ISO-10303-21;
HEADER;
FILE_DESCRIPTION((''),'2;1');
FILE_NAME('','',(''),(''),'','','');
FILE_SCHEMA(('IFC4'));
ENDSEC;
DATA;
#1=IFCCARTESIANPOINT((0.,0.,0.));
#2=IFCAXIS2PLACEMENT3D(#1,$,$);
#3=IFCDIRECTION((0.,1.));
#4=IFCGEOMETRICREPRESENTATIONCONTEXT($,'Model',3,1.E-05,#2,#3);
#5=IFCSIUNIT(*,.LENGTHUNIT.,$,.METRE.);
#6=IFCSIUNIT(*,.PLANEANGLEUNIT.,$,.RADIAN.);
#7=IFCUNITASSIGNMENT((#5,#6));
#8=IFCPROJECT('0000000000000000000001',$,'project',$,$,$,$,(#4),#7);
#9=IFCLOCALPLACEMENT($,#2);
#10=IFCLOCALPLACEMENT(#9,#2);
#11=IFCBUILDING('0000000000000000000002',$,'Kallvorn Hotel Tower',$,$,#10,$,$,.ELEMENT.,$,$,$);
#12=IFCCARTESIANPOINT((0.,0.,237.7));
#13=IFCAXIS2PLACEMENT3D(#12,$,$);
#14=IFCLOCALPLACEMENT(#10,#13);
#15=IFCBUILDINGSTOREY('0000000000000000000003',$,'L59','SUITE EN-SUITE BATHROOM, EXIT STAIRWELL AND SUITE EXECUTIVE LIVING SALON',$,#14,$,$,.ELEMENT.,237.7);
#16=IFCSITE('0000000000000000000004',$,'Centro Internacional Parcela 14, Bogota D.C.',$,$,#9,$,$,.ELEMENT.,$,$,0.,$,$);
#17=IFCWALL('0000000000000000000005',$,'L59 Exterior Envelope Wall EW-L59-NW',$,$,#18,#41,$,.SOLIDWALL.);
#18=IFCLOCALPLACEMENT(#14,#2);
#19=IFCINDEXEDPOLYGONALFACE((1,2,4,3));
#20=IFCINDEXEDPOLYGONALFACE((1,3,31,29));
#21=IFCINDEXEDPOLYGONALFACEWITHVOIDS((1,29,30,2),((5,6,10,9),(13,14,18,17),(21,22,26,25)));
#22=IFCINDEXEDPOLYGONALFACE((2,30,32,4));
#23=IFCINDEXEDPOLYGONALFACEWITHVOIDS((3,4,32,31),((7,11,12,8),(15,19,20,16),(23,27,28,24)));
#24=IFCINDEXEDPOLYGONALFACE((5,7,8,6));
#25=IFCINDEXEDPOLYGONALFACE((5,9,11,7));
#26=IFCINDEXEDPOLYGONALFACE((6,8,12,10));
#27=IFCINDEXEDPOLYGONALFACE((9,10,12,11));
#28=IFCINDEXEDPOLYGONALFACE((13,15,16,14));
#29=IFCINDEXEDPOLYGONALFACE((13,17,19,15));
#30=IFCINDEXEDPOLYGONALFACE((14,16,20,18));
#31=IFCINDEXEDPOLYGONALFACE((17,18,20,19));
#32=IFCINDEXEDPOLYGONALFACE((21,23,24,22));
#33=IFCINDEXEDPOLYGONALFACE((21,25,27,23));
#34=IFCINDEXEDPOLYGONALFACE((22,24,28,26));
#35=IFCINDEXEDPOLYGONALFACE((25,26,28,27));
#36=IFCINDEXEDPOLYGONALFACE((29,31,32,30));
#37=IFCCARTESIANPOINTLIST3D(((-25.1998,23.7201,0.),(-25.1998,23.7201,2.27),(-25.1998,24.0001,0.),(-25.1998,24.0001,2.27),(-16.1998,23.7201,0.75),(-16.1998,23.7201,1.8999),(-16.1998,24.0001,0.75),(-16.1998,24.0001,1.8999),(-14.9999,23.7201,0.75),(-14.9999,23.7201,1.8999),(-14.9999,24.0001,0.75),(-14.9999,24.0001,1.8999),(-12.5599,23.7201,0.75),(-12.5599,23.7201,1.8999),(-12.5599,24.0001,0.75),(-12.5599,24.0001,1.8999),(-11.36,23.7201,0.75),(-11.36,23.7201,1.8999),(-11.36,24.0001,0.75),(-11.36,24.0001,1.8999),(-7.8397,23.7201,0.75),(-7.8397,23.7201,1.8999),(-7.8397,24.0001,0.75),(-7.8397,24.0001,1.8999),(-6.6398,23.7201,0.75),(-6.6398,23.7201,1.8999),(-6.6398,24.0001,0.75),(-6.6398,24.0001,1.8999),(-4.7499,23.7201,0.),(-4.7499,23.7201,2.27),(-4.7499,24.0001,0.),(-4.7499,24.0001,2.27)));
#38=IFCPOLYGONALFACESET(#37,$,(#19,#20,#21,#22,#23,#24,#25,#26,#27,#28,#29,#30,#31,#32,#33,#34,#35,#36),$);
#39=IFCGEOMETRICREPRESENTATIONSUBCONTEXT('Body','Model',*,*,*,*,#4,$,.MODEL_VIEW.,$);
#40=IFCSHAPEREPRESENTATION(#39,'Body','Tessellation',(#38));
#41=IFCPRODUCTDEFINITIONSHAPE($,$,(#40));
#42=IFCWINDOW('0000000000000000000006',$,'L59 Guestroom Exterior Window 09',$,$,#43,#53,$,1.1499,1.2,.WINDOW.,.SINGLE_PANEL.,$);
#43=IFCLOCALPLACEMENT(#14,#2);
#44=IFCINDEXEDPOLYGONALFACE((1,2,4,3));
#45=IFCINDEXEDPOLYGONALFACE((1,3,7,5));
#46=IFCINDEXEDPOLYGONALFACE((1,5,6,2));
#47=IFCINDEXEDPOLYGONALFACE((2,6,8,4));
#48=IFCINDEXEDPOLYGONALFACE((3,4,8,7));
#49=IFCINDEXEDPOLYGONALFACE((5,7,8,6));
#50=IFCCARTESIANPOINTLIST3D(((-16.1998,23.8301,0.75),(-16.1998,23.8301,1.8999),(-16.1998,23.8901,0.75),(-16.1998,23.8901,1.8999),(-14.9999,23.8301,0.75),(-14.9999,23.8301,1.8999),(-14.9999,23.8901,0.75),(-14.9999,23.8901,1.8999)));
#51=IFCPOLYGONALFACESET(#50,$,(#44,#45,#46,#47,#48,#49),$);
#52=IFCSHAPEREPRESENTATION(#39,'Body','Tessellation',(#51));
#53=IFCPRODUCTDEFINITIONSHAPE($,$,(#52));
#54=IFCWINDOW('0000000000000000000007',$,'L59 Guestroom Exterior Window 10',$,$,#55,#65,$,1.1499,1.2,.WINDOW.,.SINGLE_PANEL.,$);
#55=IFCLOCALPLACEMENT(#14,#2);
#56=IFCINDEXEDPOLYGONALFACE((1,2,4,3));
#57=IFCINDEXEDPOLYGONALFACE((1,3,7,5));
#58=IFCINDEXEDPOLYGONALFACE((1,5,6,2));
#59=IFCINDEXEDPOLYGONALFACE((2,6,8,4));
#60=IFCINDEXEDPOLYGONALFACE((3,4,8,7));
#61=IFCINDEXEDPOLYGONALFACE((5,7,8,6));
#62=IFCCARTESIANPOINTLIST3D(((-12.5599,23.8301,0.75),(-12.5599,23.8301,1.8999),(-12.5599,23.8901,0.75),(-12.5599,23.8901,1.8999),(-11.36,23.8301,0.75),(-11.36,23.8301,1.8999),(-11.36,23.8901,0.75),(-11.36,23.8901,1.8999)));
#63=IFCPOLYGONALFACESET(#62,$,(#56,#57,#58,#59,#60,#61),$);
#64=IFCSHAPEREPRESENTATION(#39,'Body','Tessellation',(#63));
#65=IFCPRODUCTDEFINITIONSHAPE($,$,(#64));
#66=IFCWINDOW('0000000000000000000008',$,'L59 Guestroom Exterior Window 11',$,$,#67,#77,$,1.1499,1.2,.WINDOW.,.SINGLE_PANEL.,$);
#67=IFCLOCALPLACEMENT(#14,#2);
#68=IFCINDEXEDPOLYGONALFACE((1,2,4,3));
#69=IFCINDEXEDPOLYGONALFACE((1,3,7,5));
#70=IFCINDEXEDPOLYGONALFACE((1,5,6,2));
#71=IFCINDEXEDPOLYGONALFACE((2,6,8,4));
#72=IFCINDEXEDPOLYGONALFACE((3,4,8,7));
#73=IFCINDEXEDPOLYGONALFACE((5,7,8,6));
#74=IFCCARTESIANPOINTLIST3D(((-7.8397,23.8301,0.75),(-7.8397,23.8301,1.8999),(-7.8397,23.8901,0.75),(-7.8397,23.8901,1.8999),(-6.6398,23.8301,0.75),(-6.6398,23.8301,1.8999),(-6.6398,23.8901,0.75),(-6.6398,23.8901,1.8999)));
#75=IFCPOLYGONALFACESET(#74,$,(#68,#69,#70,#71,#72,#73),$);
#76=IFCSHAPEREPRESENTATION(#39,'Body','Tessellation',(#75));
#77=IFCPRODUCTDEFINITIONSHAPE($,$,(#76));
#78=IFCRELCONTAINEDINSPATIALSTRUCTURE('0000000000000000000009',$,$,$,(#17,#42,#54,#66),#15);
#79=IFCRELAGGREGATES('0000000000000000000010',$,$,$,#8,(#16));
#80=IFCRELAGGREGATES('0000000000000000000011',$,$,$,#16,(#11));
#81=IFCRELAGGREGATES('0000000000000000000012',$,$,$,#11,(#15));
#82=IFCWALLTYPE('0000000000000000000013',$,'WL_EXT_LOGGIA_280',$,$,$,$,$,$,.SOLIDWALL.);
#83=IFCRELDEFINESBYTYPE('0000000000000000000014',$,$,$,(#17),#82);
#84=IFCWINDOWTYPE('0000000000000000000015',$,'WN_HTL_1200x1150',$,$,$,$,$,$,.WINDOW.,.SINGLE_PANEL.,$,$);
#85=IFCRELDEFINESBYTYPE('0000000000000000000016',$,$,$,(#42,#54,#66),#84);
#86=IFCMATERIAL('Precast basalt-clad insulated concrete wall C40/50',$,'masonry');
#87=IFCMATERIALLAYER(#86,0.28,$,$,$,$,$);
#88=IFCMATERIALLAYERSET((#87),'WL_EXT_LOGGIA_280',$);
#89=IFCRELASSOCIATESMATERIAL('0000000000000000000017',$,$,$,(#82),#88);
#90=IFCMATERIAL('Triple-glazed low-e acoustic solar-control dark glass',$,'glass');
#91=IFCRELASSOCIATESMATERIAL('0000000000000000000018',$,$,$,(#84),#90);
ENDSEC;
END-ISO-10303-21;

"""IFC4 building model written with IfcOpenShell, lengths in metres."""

from ifc_helpers import new_model, si_unit, direction, frame, frame_2d, origin, place, context, subcontext, project, spatial, rectangle, extrude, material, layer, layer_set, type_object, element, fill, save


model = new_model("IFC4")

# Units and contexts
model_context = context("Model", 3, precision=1e-05, world=origin(), true_north=direction((0.0, 1.0)))
body_context = subcontext(model_context, "Body", "Model", "MODEL_VIEW")
ifc_project = project(units=[si_unit("LENGTHUNIT", "METRE"), si_unit("PLANEANGLEUNIT", "RADIAN")], contexts=[model_context])

# Site, building, storey
site_placement = place(None, origin())
site = spatial("IfcSite", under=ifc_project, at=site_placement, Name="Centro Internacional Parcela 14, Bogota D.C.", CompositionType="ELEMENT", RefElevation=0.0)
building_placement = place(site_placement, origin())
building = spatial("IfcBuilding", under=site, at=building_placement, Name="Kallvorn Hotel Tower", CompositionType="ELEMENT")
storey_placement = place(building_placement, frame((0.0, 0.0, 237.7)))
storey = spatial("IfcBuildingStorey", under=building, at=storey_placement, Name="L59", Description="SUITE EN-SUITE BATHROOM, EXIT STAIRWELL AND SUITE EXECUTIVE LIVING SALON", CompositionType="ELEMENT", Elevation=237.7)

# Shared definitions
ifc_material_1 = material(Name="Precast basalt-clad insulated concrete wall C40/50", Category="masonry")
ifc_layer_1 = layer(ifc_material_1, 0.28)
ifc_layer_set_1 = layer_set([ifc_layer_1], Name="WL_EXT_LOGGIA_280")
wall_type = type_object("IfcWallType", Name="WL_EXT_LOGGIA_280", PredefinedType="SOLIDWALL", material=ifc_layer_set_1)

# Wall, openings, windows
wall_1_placement = place(storey_placement, frame((-25.2, 23.8601, 0.0), z_axis=(0.0, 0.0, 1.0), x_axis=(1.0, 0.0, 0.0)))
wall_1 = element("IfcWall", 1, at=wall_1_placement, inside=storey, type_object=wall_type, Name="L59 Exterior Envelope Wall EW-L59-NW", PredefinedType="SOLIDWALL", context=body_context, shape_type="SweptSolid", body=[
    extrude(rectangle(XDim=20.45, YDim=0.28, at=frame_2d((10.2251, 0.0))), origin(), (0.0, 0.0, 1.0), 2.27),
])
opening_1_placement = place(wall_1_placement, frame((9.0, 0.0, 0.75)))
opening_1 = element("IfcOpeningElement", 2, at=opening_1_placement, cuts=wall_1, PredefinedType="OPENING", context=body_context, shape_type="SweptSolid", body=[
    extrude(rectangle(XDim=1.2, YDim=1.1499, at=frame_2d((0.6001, 0.575))), frame((0.0, 0.155, 0.0), z_axis=(0.0, -1.0, 0.0), x_axis=(1.0, 0.0, 0.0)), (0.0, 0.0, 1.0), 0.3101),
])
opening_2_placement = place(wall_1_placement, frame((12.6399, 0.0, 0.75)))
opening_2 = element("IfcOpeningElement", 3, at=opening_2_placement, cuts=wall_1, PredefinedType="OPENING", context=body_context, shape_type="SweptSolid", body=[
    extrude(rectangle(XDim=1.2, YDim=1.1499, at=frame_2d((0.6001, 0.575))), frame((0.0, 0.155, 0.0), z_axis=(0.0, -1.0, 0.0), x_axis=(1.0, 0.0, 0.0)), (0.0, 0.0, 1.0), 0.3101),
])
opening_3_placement = place(wall_1_placement, frame((17.3601, 0.0, 0.75)))
opening_3 = element("IfcOpeningElement", 4, at=opening_3_placement, cuts=wall_1, PredefinedType="OPENING", context=body_context, shape_type="SweptSolid", body=[
    extrude(rectangle(XDim=1.2, YDim=1.1499, at=frame_2d((0.6001, 0.575))), frame((0.0, 0.155, 0.0), z_axis=(0.0, -1.0, 0.0), x_axis=(1.0, 0.0, 0.0)), (0.0, 0.0, 1.0), 0.3101),
])
ifc_material_2 = material(Name="Triple-glazed low-e acoustic solar-control dark glass", Category="glass")
window_type = type_object("IfcWindowType", Name="WN_HTL_1200x1150", PartitioningType="SINGLE_PANEL", PredefinedType="WINDOW", material=ifc_material_2)
window_1_placement = place(opening_1_placement, origin())
window_1 = element("IfcWindow", 5, at=window_1_placement, inside=storey, type_object=window_type, Name="L59 Guestroom Exterior Window 09", OverallHeight=1.1499, OverallWidth=1.2, PartitioningType="SINGLE_PANEL", PredefinedType="WINDOW", context=body_context, shape_type="SweptSolid", body=[
    extrude(rectangle(XDim=1.2, YDim=1.1499, at=frame_2d((0.6001, 0.575))), frame((0.0, 0.03, 0.0), z_axis=(0.0, -1.0, 0.0), x_axis=(1.0, 0.0, 0.0)), (0.0, 0.0, 1.0), 0.0601),
])
fill(opening_1, window_1)
window_2_placement = place(opening_2_placement, origin())
window_2 = element("IfcWindow", 6, at=window_2_placement, inside=storey, type_object=window_type, Name="L59 Guestroom Exterior Window 10", OverallHeight=1.1499, OverallWidth=1.2, PartitioningType="SINGLE_PANEL", PredefinedType="WINDOW", context=body_context, shape_type="SweptSolid", body=[
    extrude(rectangle(XDim=1.2, YDim=1.1499, at=frame_2d((0.6001, 0.575))), frame((0.0, 0.03, 0.0), z_axis=(0.0, -1.0, 0.0), x_axis=(1.0, 0.0, 0.0)), (0.0, 0.0, 1.0), 0.0601),
])
fill(opening_2, window_2)
window_3_placement = place(opening_3_placement, origin())
window_3 = element("IfcWindow", 7, at=window_3_placement, inside=storey, type_object=window_type, Name="L59 Guestroom Exterior Window 11", OverallHeight=1.1499, OverallWidth=1.2, PartitioningType="SINGLE_PANEL", PredefinedType="WINDOW", context=body_context, shape_type="SweptSolid", body=[
    extrude(rectangle(XDim=1.2, YDim=1.1499, at=frame_2d((0.6001, 0.575))), frame((0.0, 0.03, 0.0), z_axis=(0.0, -1.0, 0.0), x_axis=(1.0, 0.0, 0.0)), (0.0, 0.0, 1.0), 0.0601),
])
fill(opening_3, window_3)

save(model, "model.ifc")
